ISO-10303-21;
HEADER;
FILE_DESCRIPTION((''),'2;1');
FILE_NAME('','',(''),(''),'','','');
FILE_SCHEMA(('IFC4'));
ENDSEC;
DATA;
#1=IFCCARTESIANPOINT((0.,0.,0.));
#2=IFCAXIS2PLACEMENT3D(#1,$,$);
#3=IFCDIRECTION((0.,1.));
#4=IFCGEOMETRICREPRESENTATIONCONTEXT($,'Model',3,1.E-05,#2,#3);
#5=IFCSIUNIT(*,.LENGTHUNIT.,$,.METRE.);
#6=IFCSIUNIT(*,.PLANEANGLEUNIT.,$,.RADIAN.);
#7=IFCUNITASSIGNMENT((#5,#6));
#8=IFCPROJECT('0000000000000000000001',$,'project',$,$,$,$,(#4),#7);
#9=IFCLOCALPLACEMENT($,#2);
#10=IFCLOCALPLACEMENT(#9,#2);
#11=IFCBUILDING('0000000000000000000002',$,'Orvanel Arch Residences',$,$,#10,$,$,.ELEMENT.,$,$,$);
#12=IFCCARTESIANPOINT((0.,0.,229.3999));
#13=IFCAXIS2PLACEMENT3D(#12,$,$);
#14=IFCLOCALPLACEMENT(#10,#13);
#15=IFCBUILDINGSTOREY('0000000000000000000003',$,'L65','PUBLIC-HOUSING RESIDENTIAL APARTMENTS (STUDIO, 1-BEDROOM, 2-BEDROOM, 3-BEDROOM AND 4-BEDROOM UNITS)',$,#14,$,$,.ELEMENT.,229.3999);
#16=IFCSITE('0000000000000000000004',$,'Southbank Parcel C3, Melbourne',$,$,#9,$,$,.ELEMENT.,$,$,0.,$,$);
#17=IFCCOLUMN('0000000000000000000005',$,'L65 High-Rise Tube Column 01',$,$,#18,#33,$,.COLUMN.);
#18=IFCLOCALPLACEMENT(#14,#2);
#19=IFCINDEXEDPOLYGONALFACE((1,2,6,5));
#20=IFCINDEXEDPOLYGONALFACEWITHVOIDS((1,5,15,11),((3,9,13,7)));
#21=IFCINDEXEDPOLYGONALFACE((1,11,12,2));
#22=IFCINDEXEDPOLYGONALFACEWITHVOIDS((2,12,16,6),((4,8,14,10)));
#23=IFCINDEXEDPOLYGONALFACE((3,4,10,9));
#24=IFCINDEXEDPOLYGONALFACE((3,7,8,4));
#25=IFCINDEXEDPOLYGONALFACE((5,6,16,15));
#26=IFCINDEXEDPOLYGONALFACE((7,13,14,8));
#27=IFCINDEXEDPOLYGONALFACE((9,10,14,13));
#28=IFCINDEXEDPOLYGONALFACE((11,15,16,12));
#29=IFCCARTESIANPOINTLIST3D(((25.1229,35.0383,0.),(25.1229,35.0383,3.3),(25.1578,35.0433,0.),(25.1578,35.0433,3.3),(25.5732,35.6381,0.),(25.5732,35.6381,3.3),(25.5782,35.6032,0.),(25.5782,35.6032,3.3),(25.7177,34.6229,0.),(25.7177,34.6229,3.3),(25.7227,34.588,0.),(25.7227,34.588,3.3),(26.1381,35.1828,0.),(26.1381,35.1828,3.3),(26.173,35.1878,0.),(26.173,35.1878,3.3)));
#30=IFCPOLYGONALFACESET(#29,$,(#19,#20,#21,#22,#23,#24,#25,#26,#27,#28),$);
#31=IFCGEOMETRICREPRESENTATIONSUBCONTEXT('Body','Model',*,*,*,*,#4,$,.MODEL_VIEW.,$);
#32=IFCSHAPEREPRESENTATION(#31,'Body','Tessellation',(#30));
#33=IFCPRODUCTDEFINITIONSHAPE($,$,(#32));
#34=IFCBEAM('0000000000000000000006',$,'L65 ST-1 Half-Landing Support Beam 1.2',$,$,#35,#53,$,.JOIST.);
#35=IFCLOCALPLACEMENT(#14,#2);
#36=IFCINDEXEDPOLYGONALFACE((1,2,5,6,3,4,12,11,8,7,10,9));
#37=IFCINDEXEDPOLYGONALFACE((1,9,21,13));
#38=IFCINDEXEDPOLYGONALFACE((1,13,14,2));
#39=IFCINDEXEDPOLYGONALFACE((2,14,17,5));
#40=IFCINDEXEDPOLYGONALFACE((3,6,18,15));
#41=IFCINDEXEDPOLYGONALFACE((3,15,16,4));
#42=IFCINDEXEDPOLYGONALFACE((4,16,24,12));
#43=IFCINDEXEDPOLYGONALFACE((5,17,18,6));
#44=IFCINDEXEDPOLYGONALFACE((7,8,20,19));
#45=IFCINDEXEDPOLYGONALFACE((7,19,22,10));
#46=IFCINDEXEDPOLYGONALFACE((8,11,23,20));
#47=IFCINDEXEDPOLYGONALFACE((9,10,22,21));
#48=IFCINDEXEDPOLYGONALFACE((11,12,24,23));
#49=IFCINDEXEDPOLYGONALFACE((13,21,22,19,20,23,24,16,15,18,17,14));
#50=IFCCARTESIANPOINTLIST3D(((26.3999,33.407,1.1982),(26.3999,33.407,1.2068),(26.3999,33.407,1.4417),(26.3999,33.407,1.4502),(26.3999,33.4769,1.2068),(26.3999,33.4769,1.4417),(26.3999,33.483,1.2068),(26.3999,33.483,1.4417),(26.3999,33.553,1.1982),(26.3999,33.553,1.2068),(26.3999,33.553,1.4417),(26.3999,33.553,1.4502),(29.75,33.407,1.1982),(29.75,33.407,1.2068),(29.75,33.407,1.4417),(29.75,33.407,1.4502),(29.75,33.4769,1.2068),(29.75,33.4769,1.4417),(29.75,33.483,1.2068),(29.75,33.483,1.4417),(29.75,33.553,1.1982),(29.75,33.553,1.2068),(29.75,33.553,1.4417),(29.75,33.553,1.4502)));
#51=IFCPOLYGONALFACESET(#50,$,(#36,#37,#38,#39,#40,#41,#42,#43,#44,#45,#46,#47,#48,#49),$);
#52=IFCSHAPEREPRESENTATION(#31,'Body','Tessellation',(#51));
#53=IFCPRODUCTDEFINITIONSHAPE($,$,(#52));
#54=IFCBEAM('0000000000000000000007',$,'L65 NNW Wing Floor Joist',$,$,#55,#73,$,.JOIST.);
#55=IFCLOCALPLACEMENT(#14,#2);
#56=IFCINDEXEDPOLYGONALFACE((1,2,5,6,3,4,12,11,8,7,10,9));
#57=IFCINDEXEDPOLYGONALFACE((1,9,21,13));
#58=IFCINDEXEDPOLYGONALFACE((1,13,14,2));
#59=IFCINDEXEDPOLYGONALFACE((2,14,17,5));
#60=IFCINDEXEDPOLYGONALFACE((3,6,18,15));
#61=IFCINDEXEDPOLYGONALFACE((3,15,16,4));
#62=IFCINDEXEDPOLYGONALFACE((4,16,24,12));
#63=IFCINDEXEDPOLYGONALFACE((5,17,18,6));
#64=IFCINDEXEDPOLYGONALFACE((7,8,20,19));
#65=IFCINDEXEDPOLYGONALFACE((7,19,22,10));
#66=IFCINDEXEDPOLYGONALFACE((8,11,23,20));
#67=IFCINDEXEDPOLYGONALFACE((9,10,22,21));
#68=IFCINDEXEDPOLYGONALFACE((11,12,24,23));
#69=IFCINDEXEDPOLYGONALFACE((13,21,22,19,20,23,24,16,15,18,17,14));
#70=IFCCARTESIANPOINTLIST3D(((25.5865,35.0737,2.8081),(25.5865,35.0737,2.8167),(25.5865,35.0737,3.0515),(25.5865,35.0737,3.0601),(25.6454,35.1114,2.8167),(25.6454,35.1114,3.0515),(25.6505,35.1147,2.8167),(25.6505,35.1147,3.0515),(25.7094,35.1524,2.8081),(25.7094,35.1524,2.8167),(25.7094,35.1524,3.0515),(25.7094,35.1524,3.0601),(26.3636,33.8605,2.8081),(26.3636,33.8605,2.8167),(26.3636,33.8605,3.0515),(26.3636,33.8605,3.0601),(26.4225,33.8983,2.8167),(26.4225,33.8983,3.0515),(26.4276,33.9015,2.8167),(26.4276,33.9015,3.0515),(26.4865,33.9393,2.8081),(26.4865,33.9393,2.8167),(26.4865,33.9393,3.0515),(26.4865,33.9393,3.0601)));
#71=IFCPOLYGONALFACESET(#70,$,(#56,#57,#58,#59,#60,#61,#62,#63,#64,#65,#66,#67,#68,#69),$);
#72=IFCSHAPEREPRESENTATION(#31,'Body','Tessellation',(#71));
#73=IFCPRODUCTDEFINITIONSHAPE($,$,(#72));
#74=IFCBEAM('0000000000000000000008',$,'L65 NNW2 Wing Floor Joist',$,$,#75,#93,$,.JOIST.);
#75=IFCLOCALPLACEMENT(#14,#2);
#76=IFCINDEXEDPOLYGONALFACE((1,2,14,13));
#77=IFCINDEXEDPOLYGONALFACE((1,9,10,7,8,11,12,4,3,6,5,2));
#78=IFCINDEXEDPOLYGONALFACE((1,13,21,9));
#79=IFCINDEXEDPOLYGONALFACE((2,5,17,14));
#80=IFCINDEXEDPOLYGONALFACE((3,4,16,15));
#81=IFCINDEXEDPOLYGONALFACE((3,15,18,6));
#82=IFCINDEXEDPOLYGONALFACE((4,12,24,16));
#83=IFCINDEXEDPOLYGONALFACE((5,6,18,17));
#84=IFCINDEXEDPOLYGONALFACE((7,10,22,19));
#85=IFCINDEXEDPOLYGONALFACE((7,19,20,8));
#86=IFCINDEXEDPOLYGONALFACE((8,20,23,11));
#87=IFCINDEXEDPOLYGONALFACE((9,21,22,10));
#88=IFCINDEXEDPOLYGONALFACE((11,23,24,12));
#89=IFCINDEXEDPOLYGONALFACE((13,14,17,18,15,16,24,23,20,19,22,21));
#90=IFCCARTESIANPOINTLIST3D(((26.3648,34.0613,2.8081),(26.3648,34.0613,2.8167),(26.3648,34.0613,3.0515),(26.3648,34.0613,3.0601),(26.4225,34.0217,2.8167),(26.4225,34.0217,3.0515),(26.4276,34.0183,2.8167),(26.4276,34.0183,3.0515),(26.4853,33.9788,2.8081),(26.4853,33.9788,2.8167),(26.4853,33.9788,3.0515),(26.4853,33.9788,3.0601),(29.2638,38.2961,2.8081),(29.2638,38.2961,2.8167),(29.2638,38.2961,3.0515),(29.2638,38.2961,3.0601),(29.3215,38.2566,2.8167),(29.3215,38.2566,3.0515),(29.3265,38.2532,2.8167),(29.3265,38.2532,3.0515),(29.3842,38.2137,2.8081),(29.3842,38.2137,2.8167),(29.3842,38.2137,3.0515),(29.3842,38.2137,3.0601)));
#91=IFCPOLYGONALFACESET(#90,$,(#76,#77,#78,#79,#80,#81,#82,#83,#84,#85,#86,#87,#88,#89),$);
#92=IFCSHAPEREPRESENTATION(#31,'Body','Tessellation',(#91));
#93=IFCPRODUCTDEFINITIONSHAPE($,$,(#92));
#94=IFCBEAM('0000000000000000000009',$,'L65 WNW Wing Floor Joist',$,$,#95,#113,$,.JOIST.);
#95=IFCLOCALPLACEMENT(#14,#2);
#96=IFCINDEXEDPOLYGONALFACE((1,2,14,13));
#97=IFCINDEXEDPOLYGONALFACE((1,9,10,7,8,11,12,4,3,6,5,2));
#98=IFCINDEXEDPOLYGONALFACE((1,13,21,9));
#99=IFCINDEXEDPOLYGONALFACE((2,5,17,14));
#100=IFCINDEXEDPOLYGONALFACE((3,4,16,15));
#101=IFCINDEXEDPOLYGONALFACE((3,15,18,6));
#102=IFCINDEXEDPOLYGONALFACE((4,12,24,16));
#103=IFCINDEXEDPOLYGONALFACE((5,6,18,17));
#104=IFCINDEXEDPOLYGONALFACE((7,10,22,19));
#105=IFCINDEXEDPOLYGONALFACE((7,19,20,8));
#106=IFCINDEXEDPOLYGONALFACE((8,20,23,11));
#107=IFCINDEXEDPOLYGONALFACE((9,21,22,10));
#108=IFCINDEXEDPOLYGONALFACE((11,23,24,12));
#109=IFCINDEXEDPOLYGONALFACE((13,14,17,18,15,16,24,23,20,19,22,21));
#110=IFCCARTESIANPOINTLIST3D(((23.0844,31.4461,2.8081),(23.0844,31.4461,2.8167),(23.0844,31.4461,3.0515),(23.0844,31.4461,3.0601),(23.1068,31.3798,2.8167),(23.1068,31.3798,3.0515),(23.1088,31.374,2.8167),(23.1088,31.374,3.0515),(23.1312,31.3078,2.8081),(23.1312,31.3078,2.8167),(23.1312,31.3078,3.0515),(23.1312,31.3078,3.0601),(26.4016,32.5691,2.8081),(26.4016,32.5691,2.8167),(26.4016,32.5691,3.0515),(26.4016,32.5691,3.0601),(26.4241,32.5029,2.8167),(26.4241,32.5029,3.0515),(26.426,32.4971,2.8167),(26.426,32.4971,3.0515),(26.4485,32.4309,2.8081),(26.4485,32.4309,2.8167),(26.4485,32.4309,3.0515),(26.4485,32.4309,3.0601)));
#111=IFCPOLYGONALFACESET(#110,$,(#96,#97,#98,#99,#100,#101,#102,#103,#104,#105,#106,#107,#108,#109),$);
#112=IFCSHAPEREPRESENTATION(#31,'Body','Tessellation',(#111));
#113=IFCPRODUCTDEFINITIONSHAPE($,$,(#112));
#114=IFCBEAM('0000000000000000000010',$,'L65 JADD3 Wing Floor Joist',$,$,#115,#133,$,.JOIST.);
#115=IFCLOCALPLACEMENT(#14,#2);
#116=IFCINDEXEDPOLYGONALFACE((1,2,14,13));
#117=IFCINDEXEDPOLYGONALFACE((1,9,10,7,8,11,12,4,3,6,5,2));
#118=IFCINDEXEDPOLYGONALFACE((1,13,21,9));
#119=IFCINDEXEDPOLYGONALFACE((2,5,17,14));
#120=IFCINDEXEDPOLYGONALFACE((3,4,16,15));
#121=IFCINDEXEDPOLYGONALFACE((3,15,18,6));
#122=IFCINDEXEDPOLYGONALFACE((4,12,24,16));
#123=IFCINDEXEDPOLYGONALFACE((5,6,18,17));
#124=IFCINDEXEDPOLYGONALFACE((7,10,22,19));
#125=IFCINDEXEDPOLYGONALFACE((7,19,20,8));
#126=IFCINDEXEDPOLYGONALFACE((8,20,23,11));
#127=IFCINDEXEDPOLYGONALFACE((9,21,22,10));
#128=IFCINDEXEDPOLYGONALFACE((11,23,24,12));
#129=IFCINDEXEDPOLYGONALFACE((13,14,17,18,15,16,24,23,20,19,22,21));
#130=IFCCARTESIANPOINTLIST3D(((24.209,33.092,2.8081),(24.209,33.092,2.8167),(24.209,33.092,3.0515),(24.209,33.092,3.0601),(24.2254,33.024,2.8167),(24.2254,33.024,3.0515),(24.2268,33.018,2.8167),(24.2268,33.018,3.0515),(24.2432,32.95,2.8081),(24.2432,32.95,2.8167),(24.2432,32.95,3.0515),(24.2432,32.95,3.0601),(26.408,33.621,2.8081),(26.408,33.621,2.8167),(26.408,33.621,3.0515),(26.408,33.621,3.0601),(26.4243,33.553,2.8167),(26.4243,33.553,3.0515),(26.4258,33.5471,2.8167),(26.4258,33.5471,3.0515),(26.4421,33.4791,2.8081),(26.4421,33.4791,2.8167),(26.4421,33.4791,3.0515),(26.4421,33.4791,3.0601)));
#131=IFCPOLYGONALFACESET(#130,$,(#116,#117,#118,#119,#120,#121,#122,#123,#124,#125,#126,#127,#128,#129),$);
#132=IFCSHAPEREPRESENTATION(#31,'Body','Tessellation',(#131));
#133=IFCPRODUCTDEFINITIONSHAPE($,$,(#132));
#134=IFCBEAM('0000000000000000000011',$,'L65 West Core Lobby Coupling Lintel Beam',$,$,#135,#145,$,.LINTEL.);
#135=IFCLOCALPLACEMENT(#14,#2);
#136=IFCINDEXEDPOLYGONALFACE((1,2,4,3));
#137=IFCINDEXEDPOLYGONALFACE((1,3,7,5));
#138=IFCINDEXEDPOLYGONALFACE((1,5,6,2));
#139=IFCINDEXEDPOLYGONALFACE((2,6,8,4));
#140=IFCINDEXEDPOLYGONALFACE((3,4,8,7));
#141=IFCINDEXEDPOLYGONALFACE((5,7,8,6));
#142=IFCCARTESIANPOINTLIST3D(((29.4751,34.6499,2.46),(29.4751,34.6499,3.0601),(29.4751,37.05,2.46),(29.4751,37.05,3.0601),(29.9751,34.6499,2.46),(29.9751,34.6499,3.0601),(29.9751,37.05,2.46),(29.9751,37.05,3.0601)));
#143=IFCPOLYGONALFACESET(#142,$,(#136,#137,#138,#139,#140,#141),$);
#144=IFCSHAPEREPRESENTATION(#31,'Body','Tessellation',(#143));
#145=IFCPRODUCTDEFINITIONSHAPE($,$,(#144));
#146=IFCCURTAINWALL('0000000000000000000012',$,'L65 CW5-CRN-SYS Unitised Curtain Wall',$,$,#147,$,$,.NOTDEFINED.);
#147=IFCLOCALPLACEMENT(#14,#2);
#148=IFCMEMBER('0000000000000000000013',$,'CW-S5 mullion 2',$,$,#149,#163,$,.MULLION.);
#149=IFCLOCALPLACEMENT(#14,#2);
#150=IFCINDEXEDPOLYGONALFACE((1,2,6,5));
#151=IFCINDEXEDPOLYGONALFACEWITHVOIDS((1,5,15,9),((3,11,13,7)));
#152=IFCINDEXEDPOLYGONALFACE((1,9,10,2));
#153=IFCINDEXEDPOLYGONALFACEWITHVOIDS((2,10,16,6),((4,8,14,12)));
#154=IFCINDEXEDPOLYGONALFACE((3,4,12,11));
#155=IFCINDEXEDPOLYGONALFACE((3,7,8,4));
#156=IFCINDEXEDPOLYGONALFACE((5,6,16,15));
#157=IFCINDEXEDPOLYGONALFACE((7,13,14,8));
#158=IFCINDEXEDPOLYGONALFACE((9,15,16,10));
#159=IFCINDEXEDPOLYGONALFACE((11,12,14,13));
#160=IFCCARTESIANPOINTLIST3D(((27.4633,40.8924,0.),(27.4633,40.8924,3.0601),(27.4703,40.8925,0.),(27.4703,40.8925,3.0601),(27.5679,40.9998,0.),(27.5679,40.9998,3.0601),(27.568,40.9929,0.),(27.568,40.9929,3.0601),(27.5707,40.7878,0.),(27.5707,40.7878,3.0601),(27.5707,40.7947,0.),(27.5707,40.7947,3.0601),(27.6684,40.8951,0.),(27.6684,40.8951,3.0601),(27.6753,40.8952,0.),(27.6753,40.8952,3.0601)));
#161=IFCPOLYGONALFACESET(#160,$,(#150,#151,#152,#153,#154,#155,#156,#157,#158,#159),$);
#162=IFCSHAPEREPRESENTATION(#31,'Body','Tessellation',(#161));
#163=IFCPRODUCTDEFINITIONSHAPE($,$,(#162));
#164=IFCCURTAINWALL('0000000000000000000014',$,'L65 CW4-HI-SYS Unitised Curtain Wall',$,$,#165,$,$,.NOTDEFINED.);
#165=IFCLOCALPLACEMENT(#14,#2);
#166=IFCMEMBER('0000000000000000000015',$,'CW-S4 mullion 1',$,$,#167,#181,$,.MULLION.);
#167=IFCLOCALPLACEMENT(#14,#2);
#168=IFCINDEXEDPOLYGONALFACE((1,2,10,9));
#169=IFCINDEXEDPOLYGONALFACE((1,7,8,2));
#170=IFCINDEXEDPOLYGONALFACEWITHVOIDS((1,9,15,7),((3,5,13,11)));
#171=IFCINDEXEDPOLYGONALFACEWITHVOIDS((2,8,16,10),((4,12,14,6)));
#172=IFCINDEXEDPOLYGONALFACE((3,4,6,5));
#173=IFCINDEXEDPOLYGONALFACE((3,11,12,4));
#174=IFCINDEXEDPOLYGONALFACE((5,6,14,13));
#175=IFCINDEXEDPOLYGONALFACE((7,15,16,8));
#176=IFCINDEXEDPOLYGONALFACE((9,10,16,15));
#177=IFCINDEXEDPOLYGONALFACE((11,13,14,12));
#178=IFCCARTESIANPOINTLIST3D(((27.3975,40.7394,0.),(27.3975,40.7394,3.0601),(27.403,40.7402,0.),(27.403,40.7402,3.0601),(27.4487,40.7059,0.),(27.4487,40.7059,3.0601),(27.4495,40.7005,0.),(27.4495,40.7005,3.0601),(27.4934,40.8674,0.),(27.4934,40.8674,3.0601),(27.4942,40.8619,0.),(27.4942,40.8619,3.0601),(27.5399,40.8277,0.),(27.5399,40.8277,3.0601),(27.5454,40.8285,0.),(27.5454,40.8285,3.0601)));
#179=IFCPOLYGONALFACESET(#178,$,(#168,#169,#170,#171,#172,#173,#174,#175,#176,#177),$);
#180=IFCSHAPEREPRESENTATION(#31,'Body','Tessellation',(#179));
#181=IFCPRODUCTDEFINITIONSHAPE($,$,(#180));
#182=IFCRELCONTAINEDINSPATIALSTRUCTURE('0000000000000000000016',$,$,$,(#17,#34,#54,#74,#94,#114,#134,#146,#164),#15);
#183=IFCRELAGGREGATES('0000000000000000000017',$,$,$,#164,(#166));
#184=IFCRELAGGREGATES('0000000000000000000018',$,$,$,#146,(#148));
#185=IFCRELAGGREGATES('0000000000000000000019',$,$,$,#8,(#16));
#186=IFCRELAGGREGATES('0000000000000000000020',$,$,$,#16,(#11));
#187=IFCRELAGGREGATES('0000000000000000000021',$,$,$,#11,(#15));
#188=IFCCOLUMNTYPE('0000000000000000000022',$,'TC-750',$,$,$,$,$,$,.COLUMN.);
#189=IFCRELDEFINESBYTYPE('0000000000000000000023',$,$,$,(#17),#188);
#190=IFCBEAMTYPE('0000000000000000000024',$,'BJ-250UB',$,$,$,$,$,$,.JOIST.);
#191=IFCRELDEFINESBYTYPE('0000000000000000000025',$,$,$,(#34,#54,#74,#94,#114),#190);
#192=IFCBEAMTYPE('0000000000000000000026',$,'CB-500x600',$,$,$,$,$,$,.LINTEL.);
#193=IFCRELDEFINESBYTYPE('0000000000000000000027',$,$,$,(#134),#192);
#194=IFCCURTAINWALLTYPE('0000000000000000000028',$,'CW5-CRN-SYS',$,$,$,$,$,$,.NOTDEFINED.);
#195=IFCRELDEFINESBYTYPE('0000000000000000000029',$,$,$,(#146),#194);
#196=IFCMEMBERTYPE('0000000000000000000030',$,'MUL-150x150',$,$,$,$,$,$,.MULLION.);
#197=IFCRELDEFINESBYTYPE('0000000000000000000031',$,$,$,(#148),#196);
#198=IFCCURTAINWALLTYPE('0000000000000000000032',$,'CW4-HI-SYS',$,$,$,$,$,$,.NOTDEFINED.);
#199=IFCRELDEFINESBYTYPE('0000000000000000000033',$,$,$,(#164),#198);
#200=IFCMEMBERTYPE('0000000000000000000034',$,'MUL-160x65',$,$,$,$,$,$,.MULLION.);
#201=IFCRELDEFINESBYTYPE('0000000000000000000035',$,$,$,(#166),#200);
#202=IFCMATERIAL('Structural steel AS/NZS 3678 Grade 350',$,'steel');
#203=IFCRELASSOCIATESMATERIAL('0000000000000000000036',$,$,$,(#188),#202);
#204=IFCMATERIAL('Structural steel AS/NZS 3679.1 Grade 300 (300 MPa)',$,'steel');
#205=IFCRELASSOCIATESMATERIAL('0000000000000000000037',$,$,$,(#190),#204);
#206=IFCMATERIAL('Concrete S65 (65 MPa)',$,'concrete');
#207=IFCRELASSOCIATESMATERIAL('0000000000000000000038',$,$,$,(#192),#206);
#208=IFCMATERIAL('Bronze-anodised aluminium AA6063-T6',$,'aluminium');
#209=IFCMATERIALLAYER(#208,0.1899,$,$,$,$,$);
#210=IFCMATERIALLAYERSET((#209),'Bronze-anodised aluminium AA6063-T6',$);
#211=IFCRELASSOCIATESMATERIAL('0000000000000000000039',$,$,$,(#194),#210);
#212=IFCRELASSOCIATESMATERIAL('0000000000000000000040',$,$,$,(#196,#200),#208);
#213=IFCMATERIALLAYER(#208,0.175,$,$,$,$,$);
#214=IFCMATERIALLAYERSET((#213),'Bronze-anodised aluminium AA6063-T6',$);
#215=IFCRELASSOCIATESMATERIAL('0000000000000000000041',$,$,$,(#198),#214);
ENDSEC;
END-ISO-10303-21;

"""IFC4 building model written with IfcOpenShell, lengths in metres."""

from ifc_helpers import new_model, si_unit, direction, frame, origin, origin_2d, place, context, subcontext, project, spatial, rectangle, hollow_rectangle, i_section, extrude, material, layer, layer_set, material_profile, profile_set, type_object, element, aggregate, save


model = new_model("IFC4")

# Units and contexts
model_context = context("Model", 3, precision=1e-05, world=origin(), true_north=direction((0.0, 1.0)))
body_context = subcontext(model_context, "Body", "Model", "MODEL_VIEW")
ifc_project = project(units=[si_unit("LENGTHUNIT", "METRE"), si_unit("PLANEANGLEUNIT", "RADIAN")], contexts=[model_context])

# Site, building, storey
site_placement = place(None, origin())
site = spatial("IfcSite", under=ifc_project, at=site_placement, Name="Southbank Parcel C3, Melbourne", CompositionType="ELEMENT", RefElevation=0.0)
building_placement = place(site_placement, origin())
building = spatial("IfcBuilding", under=site, at=building_placement, Name="Orvanel Arch Residences", CompositionType="ELEMENT")
storey_placement = place(building_placement, frame((0.0, 0.0, 229.3999)))
storey = spatial("IfcBuildingStorey", under=building, at=storey_placement, Name="L65", Description="PUBLIC-HOUSING RESIDENTIAL APARTMENTS (STUDIO, 1-BEDROOM, 2-BEDROOM, 3-BEDROOM AND 4-BEDROOM UNITS)", CompositionType="ELEMENT", Elevation=229.3999)

# Column
ifc_material_1 = material(Name="Structural steel AS/NZS 3678 Grade 350", Category="steel")
ifc_material_profile_1 = material_profile(ifc_material_1, hollow_rectangle(XDim=0.75, YDim=0.75, WallThickness=0.0249, at=origin_2d()), Name="BOX750x750x25")
ifc_profile_set_1 = profile_set([ifc_material_profile_1], Name="Structural steel AS/NZS 3678 Grade 350")
column_type = type_object("IfcColumnType", Name="TC-750", PredefinedType="COLUMN", material=ifc_profile_set_1)
column_placement = place(storey_placement, frame((25.6479, 35.113, 0.0), z_axis=(0.0, 0.0, 1.0), x_axis=(0.60042, 0.799685, 0.0)))
element("IfcColumn", 1, at=column_placement, inside=storey, type_object=column_type, Name="L65 High-Rise Tube Column 01", PredefinedType="COLUMN", context=body_context, shape_type="SweptSolid", body=[
    extrude(hollow_rectangle(XDim=0.75, YDim=0.75, WallThickness=0.0249, at=origin_2d()), origin(), (0.0, 0.0, 1.0), 3.3),
])

# Beams
ifc_material_2 = material(Name="Structural steel AS/NZS 3679.1 Grade 300 (300 MPa)", Category="steel")
ifc_material_profile_2 = material_profile(ifc_material_2, i_section(OverallWidth=0.146, OverallDepth=0.252, WebThickness=0.0061, FlangeThickness=0.0085, at=origin_2d()), Name="250UB31.4")
ifc_profile_set_2 = profile_set([ifc_material_profile_2], Name="Structural steel AS/NZS 3679.1 Grade 300 (300 MPa)")
beam_type_1 = type_object("IfcBeamType", Name="BJ-250UB", PredefinedType="JOIST", material=ifc_profile_set_2)
beam_1_placement = place(storey_placement, frame((26.3999, 33.48, 1.3242), z_axis=(1.0, 0.0, 0.0), x_axis=(0.0, 1.0, 0.0)))
element("IfcBeam", 2, at=beam_1_placement, inside=storey, type_object=beam_type_1, Name="L65 ST-1 Half-Landing Support Beam 1.2", PredefinedType="JOIST", context=body_context, shape_type="SweptSolid", body=[
    extrude(i_section(OverallWidth=0.146, OverallDepth=0.252, WebThickness=0.0061, FlangeThickness=0.0085, at=origin_2d()), origin(), (0.0, 0.0, 1.0), 3.3501),
])
beam_2_placement = place(storey_placement, frame((26.425, 33.8999, 2.9341), z_axis=(-0.539395, 0.842053, 0.0), x_axis=(-0.842053, -0.539395, 0.0)))
element("IfcBeam", 3, at=beam_2_placement, inside=storey, type_object=beam_type_1, Name="L65 NNW Wing Floor Joist", PredefinedType="JOIST", context=body_context, shape_type="SweptSolid", body=[
    extrude(i_section(OverallWidth=0.146, OverallDepth=0.252, WebThickness=0.0061, FlangeThickness=0.0085, at=origin_2d()), origin(), (0.0, 0.0, 1.0), 1.4407),
])
beam_3_placement = place(storey_placement, frame((26.425, 34.02, 2.9341), z_axis=(0.564868, 0.825181, 0.0), x_axis=(-0.825181, 0.564868, 0.0)))
element("IfcBeam", 4, at=beam_3_placement, inside=storey, type_object=beam_type_1, Name="L65 NNW2 Wing Floor Joist", PredefinedType="JOIST", context=body_context, shape_type="SweptSolid", body=[
    extrude(i_section(OverallWidth=0.146, OverallDepth=0.252, WebThickness=0.0061, FlangeThickness=0.0085, at=origin_2d()), origin(), (0.0, 0.0, 1.0), 5.1321),
])
beam_4_placement = place(storey_placement, frame((26.425, 32.5, 2.9341), z_axis=(-0.947188, -0.320679, 0.0), x_axis=(0.320679, -0.947188, 0.0)))
element("IfcBeam", 5, at=beam_4_placement, inside=storey, type_object=beam_type_1, Name="L65 WNW Wing Floor Joist", PredefinedType="JOIST", context=body_context, shape_type="SweptSolid", body=[
    extrude(i_section(OverallWidth=0.146, OverallDepth=0.252, WebThickness=0.0061, FlangeThickness=0.0085, at=origin_2d()), origin(), (0.0, 0.0, 1.0), 3.5022),
])
beam_5_placement = place(storey_placement, frame((26.425, 33.55, 2.9341), z_axis=(-0.972257, -0.233916, 0.0), x_axis=(0.233916, -0.972257, 0.0)))
element("IfcBeam", 6, at=beam_5_placement, inside=storey, type_object=beam_type_1, Name="L65 JADD3 Wing Floor Joist", PredefinedType="JOIST", context=body_context, shape_type="SweptSolid", body=[
    extrude(i_section(OverallWidth=0.146, OverallDepth=0.252, WebThickness=0.0061, FlangeThickness=0.0085, at=origin_2d()), origin(), (0.0, 0.0, 1.0), 2.2617),
])
ifc_material_3 = material(Name="Concrete S65 (65 MPa)", Category="concrete")
ifc_material_profile_3 = material_profile(ifc_material_3, rectangle(XDim=0.5, YDim=0.6001, at=origin_2d()), Name="RC500x600")
ifc_profile_set_3 = profile_set([ifc_material_profile_3], Name="Concrete S65 (65 MPa)")
beam_type_2 = type_object("IfcBeamType", Name="CB-500x600", PredefinedType="LINTEL", material=ifc_profile_set_3)
beam_6_placement = place(storey_placement, frame((29.7251, 34.6499, 2.76), z_axis=(0.0, 1.0, 0.0), x_axis=(-1.0, 0.0, 0.0)))
element("IfcBeam", 7, at=beam_6_placement, inside=storey, type_object=beam_type_2, Name="L65 West Core Lobby Coupling Lintel Beam", PredefinedType="LINTEL", context=body_context, shape_type="SweptSolid", body=[
    extrude(rectangle(XDim=0.5, YDim=0.6001, at=origin_2d()), origin(), (0.0, 0.0, 1.0), 2.4001),
])

# Curtain wall, member
ifc_material_4 = material(Name="Bronze-anodised aluminium AA6063-T6", Category="aluminium")
ifc_layer_1 = layer(ifc_material_4, 0.1899)
ifc_layer_set_1 = layer_set([ifc_layer_1], Name="Bronze-anodised aluminium AA6063-T6")
curtain_wall_type_1 = type_object("IfcCurtainWallType", Name="CW5-CRN-SYS", PredefinedType="NOTDEFINED", material=ifc_layer_set_1)
curtain_wall_1_placement = place(storey_placement, origin())
curtain_wall_1 = element("IfcCurtainWall", 8, at=curtain_wall_1_placement, inside=storey, type_object=curtain_wall_type_1, Name="L65 CW5-CRN-SYS Unitised Curtain Wall", PredefinedType="NOTDEFINED")
ifc_material_profile_4 = material_profile(ifc_material_4, hollow_rectangle(XDim=0.1499, YDim=0.1499, WallThickness=0.0049, at=origin_2d()), Name="ALU150x150x5")
ifc_profile_set_4 = profile_set([ifc_material_profile_4], Name="Bronze-anodised aluminium AA6063-T6")
member_type_1 = type_object("IfcMemberType", Name="MUL-150x150", PredefinedType="MULLION", material=ifc_profile_set_4)
member_1_placement = place(storey_placement, frame((27.5693, 40.8938, 0.0), z_axis=(0.0, 0.0, 1.0), x_axis=(0.716477, -0.697611, 0.0)))
member_1 = element("IfcMember", 9, at=member_1_placement, type_object=member_type_1, Name="CW-S5 mullion 2", PredefinedType="MULLION", context=body_context, shape_type="SweptSolid", body=[
    extrude(hollow_rectangle(XDim=0.1499, YDim=0.1499, WallThickness=0.0049, at=origin_2d()), origin(), (0.0, 0.0, 1.0), 3.0601),
])

# Curtain wall, member
ifc_layer_2 = layer(ifc_material_4, 0.175)
ifc_layer_set_2 = layer_set([ifc_layer_2], Name="Bronze-anodised aluminium AA6063-T6")
curtain_wall_type_2 = type_object("IfcCurtainWallType", Name="CW4-HI-SYS", PredefinedType="NOTDEFINED", material=ifc_layer_set_2)
curtain_wall_2_placement = place(storey_placement, origin())
curtain_wall_2 = element("IfcCurtainWall", 10, at=curtain_wall_2_placement, inside=storey, type_object=curtain_wall_type_2, Name="L65 CW4-HI-SYS Unitised Curtain Wall", PredefinedType="NOTDEFINED")
ifc_material_profile_5 = material_profile(ifc_material_4, hollow_rectangle(XDim=0.0649, YDim=0.1599, WallThickness=0.0039, at=origin_2d()), Name="ALU160x65x4")
ifc_profile_set_5 = profile_set([ifc_material_profile_5], Name="Bronze-anodised aluminium AA6063-T6")
member_type_2 = type_object("IfcMemberType", Name="MUL-160x65", PredefinedType="MULLION", material=ifc_profile_set_5)
member_2_placement = place(storey_placement, frame((27.4714, 40.7839, 0.0), z_axis=(0.0, 0.0, 1.0), x_axis=(0.800386, -0.599485, 0.0)))
member_2 = element("IfcMember", 11, at=member_2_placement, type_object=member_type_2, Name="CW-S4 mullion 1", PredefinedType="MULLION", context=body_context, shape_type="SweptSolid", body=[
    extrude(hollow_rectangle(XDim=0.0649, YDim=0.1599, WallThickness=0.0039, at=origin_2d()), origin(), (0.0, 0.0, 1.0), 3.0601),
])

aggregate(curtain_wall_2, [member_2])
aggregate(curtain_wall_1, [member_1])

save(model, "model.ifc")
